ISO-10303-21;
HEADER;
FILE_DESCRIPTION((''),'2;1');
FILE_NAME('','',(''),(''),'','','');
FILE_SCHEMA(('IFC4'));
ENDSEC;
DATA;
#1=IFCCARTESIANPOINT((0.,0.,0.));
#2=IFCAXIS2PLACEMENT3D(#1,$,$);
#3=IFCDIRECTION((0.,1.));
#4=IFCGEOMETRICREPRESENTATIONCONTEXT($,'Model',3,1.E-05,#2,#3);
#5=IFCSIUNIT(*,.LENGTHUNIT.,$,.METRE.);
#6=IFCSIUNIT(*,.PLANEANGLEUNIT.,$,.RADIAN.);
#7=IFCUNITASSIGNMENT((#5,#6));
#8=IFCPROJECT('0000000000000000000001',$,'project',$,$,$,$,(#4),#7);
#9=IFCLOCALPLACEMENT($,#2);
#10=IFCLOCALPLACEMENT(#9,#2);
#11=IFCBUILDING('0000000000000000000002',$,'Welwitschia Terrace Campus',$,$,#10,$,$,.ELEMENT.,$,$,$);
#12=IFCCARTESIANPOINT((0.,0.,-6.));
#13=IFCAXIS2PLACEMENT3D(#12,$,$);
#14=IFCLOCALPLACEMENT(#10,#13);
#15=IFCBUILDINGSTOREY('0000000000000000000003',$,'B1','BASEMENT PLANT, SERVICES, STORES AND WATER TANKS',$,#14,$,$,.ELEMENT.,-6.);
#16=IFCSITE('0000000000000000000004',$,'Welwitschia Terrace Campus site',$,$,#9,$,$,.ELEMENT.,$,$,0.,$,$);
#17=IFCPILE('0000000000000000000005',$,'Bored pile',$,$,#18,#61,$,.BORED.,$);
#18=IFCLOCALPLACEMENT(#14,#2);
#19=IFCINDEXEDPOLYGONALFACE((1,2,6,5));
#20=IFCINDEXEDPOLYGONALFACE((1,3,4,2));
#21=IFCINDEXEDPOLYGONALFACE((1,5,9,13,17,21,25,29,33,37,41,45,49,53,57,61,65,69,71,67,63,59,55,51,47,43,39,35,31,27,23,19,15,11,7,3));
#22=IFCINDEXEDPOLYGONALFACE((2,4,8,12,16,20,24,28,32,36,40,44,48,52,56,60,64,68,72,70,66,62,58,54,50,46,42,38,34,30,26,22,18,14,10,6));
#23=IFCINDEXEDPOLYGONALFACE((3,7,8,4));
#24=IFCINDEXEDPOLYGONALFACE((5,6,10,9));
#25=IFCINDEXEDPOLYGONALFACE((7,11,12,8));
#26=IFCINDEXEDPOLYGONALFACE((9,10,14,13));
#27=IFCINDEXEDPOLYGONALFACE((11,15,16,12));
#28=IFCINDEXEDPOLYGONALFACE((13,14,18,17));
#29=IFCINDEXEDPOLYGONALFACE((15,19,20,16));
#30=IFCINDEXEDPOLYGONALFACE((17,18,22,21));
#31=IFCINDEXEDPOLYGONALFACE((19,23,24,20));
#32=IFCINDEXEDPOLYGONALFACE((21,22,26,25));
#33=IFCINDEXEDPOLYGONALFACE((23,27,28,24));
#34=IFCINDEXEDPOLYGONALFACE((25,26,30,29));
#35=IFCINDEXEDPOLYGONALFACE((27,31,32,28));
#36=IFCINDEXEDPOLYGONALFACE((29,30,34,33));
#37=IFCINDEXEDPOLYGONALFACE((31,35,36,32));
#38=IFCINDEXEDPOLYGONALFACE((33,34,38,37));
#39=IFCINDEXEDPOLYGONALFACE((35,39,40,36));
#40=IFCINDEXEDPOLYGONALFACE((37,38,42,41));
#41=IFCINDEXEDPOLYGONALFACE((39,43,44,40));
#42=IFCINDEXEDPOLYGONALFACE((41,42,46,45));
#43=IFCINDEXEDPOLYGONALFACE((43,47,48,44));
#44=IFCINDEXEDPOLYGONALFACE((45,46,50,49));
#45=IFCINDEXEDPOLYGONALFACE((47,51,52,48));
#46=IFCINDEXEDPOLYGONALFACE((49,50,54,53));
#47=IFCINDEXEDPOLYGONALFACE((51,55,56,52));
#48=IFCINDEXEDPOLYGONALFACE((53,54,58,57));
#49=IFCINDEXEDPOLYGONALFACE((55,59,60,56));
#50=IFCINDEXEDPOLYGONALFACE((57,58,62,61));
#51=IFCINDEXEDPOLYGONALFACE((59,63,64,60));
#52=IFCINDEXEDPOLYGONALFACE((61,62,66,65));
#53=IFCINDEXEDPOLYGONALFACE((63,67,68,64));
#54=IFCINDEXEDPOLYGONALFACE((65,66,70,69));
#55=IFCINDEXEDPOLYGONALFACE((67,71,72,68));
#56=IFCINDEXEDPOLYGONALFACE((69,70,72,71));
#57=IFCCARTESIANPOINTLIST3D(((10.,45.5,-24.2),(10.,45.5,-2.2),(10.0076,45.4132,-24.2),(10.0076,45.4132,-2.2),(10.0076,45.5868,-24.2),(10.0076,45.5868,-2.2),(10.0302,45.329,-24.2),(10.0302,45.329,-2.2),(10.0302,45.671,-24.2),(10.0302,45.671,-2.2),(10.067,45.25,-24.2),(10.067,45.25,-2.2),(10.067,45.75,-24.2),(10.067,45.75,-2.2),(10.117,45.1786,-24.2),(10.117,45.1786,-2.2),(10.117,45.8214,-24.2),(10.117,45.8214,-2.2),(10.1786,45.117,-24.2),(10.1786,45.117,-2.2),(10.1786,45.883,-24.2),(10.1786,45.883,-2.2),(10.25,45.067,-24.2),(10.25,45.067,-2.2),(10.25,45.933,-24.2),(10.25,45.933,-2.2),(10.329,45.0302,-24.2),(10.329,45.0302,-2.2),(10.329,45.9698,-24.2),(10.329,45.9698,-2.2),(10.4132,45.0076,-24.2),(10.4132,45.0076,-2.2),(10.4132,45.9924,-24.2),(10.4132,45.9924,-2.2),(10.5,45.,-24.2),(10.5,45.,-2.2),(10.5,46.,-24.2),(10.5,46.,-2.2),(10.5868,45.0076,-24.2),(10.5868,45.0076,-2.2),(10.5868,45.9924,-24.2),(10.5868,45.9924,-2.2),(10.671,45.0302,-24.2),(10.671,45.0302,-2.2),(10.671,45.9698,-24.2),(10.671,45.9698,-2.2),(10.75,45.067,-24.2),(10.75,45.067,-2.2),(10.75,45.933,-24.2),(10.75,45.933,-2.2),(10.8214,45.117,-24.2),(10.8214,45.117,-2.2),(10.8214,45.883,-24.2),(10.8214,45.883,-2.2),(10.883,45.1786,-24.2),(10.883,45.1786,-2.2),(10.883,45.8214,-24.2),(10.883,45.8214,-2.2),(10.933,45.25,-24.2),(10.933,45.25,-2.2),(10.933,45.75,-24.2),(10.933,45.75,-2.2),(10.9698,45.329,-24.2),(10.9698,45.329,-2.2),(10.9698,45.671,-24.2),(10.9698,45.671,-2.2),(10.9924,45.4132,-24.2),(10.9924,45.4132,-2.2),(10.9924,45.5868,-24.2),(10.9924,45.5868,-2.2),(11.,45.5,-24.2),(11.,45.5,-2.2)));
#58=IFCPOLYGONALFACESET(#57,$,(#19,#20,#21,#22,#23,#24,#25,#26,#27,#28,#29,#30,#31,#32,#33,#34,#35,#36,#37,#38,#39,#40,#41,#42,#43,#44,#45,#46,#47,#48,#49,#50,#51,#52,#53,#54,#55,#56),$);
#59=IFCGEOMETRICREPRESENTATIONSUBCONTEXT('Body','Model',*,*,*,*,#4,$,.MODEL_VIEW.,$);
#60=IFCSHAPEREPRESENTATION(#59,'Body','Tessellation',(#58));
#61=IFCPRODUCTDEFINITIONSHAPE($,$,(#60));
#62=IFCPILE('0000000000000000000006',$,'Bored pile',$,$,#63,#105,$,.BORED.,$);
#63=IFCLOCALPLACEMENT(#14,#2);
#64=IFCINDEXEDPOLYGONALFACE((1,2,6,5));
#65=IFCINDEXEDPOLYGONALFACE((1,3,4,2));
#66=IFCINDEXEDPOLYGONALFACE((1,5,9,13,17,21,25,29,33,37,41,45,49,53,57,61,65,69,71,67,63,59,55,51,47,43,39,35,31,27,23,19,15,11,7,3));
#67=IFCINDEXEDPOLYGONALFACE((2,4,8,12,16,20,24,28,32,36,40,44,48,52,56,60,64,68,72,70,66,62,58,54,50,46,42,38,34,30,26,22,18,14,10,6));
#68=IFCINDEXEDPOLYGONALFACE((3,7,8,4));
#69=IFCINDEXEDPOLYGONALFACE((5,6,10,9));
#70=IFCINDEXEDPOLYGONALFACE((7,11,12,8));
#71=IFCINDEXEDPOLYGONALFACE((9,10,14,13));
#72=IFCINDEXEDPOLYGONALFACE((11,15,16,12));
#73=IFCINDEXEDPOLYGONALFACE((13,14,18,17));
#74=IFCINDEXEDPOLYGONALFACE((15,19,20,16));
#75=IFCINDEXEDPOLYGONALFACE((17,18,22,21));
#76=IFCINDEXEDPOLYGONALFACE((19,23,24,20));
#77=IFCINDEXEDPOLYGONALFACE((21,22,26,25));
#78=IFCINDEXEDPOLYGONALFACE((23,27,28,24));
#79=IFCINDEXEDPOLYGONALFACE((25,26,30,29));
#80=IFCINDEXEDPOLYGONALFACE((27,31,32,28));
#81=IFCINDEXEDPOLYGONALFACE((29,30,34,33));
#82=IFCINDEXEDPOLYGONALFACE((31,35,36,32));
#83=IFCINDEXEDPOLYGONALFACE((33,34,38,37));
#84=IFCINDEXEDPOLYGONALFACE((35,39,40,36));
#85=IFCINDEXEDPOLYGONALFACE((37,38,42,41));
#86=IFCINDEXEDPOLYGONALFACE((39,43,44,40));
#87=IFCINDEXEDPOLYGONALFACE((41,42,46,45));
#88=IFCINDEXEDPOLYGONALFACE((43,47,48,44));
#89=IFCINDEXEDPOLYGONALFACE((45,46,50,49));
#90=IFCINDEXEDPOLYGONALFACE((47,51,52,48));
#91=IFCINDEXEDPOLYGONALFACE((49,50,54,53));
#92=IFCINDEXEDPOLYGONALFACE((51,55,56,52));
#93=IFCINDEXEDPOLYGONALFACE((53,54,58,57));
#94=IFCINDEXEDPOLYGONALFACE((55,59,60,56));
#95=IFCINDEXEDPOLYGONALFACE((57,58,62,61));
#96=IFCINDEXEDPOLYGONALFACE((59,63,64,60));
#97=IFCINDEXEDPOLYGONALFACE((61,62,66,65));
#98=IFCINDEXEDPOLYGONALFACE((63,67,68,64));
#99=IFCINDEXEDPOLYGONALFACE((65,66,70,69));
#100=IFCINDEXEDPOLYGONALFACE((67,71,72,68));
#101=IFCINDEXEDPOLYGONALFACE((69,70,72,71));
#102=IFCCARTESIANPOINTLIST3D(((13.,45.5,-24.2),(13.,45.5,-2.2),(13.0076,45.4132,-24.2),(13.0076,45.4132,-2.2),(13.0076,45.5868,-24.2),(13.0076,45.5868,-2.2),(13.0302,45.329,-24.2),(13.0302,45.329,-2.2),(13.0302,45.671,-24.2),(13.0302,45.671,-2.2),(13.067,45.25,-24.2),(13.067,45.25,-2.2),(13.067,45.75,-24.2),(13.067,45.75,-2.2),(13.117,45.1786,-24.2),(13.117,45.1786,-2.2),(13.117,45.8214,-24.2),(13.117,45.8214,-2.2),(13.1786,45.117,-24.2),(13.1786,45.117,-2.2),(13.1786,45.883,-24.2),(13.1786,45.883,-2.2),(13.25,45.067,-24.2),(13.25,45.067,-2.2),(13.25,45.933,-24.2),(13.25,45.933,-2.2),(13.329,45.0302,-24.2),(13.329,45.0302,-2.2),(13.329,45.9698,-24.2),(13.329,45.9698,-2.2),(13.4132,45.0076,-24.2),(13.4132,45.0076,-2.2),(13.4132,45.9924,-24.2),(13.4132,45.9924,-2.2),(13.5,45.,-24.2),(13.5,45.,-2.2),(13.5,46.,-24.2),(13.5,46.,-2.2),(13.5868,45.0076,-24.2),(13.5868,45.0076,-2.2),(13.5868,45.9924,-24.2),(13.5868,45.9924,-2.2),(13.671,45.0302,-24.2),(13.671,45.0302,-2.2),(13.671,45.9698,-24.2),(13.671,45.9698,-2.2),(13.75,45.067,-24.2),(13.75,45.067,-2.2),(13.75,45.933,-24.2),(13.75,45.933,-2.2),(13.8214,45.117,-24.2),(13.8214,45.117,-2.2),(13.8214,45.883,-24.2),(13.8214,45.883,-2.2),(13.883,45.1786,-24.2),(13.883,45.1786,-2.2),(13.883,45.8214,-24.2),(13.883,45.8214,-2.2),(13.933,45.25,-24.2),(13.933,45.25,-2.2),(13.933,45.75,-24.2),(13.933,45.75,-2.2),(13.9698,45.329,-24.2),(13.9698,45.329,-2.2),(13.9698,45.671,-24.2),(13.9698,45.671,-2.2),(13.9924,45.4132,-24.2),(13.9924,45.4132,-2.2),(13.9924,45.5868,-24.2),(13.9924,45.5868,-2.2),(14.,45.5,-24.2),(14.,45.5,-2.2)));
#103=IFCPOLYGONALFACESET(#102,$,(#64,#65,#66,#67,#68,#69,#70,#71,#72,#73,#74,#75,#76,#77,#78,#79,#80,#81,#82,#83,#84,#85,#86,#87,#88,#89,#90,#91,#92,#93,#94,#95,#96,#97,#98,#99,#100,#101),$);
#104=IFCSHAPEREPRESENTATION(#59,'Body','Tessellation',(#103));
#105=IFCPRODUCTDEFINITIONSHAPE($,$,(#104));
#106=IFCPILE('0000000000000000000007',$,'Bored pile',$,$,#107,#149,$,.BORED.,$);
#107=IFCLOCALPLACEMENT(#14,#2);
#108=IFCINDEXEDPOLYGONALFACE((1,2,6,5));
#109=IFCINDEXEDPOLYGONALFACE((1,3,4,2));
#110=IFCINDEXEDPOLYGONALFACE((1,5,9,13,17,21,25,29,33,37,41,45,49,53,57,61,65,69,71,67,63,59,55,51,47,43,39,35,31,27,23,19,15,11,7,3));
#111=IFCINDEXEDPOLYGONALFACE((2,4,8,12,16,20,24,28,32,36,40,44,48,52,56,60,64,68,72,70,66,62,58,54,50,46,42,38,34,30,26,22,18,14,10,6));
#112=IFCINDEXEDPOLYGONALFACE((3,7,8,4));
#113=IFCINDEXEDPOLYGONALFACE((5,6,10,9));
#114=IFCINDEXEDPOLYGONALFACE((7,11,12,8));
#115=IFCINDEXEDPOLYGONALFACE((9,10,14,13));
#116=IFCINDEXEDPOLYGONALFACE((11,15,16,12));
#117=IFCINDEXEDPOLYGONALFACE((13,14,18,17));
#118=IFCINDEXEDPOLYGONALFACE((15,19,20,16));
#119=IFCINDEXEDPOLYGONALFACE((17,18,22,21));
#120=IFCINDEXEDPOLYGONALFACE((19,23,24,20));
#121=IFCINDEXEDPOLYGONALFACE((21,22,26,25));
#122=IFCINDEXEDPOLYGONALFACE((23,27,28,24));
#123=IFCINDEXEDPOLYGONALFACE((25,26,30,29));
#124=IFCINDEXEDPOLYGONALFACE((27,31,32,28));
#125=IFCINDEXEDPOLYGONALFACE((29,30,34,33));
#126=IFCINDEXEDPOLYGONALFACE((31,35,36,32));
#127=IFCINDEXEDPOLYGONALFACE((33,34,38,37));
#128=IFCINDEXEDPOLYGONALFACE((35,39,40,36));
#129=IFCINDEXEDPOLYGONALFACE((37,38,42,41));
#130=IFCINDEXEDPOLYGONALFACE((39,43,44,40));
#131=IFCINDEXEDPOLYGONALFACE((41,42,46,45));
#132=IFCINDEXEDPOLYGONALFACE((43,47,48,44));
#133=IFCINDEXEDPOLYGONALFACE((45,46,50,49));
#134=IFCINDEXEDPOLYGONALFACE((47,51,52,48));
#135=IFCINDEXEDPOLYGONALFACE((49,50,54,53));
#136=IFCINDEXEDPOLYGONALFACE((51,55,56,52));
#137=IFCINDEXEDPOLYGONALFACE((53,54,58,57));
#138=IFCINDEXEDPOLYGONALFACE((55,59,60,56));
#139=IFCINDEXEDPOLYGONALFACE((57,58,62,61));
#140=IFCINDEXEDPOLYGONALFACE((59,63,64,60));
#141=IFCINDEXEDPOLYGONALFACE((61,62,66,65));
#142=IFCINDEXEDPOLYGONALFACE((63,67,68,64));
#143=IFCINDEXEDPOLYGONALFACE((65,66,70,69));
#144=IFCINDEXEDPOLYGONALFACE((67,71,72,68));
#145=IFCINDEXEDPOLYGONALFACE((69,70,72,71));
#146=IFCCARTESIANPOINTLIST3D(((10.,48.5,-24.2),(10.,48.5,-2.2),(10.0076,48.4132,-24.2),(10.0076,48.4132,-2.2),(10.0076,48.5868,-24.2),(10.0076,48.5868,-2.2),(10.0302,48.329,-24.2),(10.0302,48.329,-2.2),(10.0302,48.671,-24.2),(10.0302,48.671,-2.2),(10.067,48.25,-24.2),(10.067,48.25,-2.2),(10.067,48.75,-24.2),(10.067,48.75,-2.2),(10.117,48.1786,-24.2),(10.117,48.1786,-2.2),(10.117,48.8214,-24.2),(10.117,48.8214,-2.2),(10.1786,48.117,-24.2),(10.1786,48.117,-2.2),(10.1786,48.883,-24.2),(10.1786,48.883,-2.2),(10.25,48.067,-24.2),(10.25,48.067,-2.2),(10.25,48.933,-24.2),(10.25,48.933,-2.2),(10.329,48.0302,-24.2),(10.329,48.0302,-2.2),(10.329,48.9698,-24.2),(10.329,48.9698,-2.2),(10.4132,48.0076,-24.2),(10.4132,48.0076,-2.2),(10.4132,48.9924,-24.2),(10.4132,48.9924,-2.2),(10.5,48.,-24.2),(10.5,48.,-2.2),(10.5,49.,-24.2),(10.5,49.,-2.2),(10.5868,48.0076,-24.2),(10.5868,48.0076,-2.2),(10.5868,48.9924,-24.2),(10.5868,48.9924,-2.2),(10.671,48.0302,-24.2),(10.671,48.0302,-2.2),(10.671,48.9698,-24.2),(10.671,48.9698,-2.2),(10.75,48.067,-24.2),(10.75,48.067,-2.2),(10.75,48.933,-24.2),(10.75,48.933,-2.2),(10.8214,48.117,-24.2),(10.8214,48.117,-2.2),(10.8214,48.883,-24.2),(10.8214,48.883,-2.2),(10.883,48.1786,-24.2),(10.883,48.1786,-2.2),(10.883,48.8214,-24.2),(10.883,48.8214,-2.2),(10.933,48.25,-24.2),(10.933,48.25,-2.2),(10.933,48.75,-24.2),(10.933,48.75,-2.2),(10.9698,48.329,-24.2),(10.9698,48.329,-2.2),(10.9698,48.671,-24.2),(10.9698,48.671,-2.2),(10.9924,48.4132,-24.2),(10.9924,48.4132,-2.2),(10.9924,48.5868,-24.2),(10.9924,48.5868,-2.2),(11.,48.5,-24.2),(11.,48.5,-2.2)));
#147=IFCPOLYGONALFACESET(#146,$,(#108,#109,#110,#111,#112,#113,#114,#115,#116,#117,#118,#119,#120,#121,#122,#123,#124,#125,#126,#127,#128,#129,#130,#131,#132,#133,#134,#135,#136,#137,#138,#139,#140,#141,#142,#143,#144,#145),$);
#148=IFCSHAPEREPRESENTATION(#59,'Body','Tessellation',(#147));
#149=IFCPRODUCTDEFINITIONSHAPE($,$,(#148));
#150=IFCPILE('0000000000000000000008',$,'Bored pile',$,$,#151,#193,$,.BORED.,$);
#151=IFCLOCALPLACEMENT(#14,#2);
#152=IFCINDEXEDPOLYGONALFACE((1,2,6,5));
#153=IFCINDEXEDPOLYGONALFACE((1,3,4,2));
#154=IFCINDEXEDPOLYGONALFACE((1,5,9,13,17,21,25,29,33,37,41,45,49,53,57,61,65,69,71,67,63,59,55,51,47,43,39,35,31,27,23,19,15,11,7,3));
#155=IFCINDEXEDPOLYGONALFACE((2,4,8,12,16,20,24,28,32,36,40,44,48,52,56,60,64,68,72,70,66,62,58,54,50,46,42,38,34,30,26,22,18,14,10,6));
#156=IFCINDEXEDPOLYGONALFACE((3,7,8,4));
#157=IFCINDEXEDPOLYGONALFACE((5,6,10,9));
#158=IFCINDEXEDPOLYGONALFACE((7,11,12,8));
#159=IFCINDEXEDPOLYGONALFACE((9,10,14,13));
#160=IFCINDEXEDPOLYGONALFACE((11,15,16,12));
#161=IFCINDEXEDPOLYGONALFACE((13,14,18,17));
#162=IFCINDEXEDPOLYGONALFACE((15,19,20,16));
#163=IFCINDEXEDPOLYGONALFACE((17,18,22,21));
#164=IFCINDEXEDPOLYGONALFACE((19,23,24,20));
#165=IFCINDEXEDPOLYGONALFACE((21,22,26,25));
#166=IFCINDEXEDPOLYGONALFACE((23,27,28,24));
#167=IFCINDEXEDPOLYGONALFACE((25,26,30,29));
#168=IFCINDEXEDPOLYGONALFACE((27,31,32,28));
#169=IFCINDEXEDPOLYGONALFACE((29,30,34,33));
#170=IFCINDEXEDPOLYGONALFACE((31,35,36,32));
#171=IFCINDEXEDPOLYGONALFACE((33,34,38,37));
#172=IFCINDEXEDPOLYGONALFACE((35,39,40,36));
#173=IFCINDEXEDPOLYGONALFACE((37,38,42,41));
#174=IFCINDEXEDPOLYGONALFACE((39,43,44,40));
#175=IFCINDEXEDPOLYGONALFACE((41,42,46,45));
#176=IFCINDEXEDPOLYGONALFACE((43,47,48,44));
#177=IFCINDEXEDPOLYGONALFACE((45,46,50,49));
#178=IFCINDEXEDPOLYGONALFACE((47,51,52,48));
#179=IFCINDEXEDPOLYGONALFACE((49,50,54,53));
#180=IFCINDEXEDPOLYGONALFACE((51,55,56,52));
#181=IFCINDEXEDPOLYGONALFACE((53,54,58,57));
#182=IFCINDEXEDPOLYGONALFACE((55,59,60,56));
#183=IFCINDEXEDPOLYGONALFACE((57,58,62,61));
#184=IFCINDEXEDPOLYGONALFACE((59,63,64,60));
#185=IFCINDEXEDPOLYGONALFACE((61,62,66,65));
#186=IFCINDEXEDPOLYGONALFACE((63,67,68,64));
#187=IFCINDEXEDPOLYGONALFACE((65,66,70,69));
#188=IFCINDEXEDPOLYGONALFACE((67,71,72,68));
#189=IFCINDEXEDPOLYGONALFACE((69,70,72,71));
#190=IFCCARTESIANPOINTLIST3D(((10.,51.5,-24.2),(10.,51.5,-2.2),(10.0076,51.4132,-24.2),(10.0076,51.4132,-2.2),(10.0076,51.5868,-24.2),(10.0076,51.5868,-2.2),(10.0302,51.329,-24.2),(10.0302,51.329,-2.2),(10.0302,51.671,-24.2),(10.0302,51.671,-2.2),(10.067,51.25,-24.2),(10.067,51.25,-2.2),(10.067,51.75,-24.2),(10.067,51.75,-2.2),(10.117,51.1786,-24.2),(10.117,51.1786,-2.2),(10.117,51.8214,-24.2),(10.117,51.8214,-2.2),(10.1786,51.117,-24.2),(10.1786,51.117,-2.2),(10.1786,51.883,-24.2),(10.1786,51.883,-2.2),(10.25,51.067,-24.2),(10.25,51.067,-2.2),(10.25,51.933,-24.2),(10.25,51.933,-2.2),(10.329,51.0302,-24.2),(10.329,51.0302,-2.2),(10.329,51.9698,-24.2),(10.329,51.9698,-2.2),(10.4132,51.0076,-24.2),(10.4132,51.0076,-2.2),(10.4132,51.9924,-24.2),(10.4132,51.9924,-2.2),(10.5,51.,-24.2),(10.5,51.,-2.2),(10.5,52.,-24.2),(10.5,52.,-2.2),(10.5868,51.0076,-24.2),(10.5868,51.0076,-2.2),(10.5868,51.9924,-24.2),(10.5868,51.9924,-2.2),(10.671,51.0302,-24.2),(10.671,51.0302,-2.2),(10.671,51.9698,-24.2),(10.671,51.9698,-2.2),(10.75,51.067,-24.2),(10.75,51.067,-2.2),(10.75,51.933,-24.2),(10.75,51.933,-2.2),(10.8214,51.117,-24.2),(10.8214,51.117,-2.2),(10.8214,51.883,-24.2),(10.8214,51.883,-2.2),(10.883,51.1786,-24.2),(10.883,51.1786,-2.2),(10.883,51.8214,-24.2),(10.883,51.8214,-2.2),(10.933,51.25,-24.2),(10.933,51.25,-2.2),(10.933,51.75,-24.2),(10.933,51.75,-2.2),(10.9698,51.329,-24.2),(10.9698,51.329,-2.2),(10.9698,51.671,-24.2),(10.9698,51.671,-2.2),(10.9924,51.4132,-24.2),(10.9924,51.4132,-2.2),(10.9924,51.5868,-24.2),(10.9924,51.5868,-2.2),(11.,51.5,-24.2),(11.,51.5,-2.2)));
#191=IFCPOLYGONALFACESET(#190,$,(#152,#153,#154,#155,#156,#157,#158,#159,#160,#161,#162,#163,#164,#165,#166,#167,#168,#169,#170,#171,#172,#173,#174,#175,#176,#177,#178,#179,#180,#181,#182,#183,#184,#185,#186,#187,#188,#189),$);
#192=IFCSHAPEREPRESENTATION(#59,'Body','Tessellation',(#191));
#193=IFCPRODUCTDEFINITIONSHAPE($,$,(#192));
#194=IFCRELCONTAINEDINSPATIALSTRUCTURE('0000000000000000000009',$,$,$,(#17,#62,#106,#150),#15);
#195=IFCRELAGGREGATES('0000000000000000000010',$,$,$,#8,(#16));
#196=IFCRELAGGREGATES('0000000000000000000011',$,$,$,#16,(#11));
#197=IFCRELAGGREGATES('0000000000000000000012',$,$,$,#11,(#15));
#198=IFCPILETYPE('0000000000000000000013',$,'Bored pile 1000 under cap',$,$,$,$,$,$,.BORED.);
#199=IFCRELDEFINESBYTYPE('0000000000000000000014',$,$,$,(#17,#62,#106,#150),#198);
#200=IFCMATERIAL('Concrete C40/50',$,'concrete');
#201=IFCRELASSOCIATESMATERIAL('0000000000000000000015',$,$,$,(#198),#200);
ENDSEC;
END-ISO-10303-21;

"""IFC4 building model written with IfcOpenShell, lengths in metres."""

from ifc_helpers import new_model, si_unit, direction, frame, origin, origin_2d, place, context, subcontext, project, spatial, circle, extrude, material, type_object, element, save


model = new_model("IFC4")

# Units and contexts
model_context = context("Model", 3, precision=1e-05, world=origin(), true_north=direction((0.0, 1.0)))
body_context = subcontext(model_context, "Body", "Model", "MODEL_VIEW")
ifc_project = project(units=[si_unit("LENGTHUNIT", "METRE"), si_unit("PLANEANGLEUNIT", "RADIAN")], contexts=[model_context])

# Site, building, storey
site_placement = place(None, origin())
site = spatial("IfcSite", under=ifc_project, at=site_placement, Name="Welwitschia Terrace Campus site", CompositionType="ELEMENT", RefElevation=0.0)
building_placement = place(site_placement, origin())
building = spatial("IfcBuilding", under=site, at=building_placement, Name="Welwitschia Terrace Campus", CompositionType="ELEMENT")
storey_placement = place(building_placement, frame((0.0, 0.0, -6.0)))
storey = spatial("IfcBuildingStorey", under=building, at=storey_placement, Name="B1", Description="BASEMENT PLANT, SERVICES, STORES AND WATER TANKS", CompositionType="ELEMENT", Elevation=-6.0)

# Piles
ifc_material_1 = material(Name="Concrete C40/50", Category="concrete")
pile_type = type_object("IfcPileType", Name="Bored pile 1000 under cap", PredefinedType="BORED", material=ifc_material_1)
for number, where, z_axis, x_axis, name in (
    (1, (10.5, 45.5, -2.2), (0.0, 0.0, -1.0), (1.0, 0.0, 0.0), "Bored pile"),
    (2, (13.5, 45.5, -2.2), (0.0, 0.0, -1.0), (1.0, 0.0, 0.0), "Bored pile"),
    (3, (10.5, 48.5, -2.2), (0.0, 0.0, -1.0), (1.0, 0.0, 0.0), "Bored pile"),
    (4, (10.5, 51.5, -2.2), (0.0, 0.0, -1.0), (1.0, 0.0, 0.0), "Bored pile"),
):
    element("IfcPile", number, at=place(storey_placement, frame(where, z_axis=z_axis, x_axis=x_axis)), inside=storey, type_object=pile_type, Name=name, PredefinedType="BORED", context=body_context, shape_type="SweptSolid", body=[
        extrude(circle(Radius=0.5, at=origin_2d()), origin(), (0.0, 0.0, 1.0), 22.0),
    ])

save(model, "model.ifc")
